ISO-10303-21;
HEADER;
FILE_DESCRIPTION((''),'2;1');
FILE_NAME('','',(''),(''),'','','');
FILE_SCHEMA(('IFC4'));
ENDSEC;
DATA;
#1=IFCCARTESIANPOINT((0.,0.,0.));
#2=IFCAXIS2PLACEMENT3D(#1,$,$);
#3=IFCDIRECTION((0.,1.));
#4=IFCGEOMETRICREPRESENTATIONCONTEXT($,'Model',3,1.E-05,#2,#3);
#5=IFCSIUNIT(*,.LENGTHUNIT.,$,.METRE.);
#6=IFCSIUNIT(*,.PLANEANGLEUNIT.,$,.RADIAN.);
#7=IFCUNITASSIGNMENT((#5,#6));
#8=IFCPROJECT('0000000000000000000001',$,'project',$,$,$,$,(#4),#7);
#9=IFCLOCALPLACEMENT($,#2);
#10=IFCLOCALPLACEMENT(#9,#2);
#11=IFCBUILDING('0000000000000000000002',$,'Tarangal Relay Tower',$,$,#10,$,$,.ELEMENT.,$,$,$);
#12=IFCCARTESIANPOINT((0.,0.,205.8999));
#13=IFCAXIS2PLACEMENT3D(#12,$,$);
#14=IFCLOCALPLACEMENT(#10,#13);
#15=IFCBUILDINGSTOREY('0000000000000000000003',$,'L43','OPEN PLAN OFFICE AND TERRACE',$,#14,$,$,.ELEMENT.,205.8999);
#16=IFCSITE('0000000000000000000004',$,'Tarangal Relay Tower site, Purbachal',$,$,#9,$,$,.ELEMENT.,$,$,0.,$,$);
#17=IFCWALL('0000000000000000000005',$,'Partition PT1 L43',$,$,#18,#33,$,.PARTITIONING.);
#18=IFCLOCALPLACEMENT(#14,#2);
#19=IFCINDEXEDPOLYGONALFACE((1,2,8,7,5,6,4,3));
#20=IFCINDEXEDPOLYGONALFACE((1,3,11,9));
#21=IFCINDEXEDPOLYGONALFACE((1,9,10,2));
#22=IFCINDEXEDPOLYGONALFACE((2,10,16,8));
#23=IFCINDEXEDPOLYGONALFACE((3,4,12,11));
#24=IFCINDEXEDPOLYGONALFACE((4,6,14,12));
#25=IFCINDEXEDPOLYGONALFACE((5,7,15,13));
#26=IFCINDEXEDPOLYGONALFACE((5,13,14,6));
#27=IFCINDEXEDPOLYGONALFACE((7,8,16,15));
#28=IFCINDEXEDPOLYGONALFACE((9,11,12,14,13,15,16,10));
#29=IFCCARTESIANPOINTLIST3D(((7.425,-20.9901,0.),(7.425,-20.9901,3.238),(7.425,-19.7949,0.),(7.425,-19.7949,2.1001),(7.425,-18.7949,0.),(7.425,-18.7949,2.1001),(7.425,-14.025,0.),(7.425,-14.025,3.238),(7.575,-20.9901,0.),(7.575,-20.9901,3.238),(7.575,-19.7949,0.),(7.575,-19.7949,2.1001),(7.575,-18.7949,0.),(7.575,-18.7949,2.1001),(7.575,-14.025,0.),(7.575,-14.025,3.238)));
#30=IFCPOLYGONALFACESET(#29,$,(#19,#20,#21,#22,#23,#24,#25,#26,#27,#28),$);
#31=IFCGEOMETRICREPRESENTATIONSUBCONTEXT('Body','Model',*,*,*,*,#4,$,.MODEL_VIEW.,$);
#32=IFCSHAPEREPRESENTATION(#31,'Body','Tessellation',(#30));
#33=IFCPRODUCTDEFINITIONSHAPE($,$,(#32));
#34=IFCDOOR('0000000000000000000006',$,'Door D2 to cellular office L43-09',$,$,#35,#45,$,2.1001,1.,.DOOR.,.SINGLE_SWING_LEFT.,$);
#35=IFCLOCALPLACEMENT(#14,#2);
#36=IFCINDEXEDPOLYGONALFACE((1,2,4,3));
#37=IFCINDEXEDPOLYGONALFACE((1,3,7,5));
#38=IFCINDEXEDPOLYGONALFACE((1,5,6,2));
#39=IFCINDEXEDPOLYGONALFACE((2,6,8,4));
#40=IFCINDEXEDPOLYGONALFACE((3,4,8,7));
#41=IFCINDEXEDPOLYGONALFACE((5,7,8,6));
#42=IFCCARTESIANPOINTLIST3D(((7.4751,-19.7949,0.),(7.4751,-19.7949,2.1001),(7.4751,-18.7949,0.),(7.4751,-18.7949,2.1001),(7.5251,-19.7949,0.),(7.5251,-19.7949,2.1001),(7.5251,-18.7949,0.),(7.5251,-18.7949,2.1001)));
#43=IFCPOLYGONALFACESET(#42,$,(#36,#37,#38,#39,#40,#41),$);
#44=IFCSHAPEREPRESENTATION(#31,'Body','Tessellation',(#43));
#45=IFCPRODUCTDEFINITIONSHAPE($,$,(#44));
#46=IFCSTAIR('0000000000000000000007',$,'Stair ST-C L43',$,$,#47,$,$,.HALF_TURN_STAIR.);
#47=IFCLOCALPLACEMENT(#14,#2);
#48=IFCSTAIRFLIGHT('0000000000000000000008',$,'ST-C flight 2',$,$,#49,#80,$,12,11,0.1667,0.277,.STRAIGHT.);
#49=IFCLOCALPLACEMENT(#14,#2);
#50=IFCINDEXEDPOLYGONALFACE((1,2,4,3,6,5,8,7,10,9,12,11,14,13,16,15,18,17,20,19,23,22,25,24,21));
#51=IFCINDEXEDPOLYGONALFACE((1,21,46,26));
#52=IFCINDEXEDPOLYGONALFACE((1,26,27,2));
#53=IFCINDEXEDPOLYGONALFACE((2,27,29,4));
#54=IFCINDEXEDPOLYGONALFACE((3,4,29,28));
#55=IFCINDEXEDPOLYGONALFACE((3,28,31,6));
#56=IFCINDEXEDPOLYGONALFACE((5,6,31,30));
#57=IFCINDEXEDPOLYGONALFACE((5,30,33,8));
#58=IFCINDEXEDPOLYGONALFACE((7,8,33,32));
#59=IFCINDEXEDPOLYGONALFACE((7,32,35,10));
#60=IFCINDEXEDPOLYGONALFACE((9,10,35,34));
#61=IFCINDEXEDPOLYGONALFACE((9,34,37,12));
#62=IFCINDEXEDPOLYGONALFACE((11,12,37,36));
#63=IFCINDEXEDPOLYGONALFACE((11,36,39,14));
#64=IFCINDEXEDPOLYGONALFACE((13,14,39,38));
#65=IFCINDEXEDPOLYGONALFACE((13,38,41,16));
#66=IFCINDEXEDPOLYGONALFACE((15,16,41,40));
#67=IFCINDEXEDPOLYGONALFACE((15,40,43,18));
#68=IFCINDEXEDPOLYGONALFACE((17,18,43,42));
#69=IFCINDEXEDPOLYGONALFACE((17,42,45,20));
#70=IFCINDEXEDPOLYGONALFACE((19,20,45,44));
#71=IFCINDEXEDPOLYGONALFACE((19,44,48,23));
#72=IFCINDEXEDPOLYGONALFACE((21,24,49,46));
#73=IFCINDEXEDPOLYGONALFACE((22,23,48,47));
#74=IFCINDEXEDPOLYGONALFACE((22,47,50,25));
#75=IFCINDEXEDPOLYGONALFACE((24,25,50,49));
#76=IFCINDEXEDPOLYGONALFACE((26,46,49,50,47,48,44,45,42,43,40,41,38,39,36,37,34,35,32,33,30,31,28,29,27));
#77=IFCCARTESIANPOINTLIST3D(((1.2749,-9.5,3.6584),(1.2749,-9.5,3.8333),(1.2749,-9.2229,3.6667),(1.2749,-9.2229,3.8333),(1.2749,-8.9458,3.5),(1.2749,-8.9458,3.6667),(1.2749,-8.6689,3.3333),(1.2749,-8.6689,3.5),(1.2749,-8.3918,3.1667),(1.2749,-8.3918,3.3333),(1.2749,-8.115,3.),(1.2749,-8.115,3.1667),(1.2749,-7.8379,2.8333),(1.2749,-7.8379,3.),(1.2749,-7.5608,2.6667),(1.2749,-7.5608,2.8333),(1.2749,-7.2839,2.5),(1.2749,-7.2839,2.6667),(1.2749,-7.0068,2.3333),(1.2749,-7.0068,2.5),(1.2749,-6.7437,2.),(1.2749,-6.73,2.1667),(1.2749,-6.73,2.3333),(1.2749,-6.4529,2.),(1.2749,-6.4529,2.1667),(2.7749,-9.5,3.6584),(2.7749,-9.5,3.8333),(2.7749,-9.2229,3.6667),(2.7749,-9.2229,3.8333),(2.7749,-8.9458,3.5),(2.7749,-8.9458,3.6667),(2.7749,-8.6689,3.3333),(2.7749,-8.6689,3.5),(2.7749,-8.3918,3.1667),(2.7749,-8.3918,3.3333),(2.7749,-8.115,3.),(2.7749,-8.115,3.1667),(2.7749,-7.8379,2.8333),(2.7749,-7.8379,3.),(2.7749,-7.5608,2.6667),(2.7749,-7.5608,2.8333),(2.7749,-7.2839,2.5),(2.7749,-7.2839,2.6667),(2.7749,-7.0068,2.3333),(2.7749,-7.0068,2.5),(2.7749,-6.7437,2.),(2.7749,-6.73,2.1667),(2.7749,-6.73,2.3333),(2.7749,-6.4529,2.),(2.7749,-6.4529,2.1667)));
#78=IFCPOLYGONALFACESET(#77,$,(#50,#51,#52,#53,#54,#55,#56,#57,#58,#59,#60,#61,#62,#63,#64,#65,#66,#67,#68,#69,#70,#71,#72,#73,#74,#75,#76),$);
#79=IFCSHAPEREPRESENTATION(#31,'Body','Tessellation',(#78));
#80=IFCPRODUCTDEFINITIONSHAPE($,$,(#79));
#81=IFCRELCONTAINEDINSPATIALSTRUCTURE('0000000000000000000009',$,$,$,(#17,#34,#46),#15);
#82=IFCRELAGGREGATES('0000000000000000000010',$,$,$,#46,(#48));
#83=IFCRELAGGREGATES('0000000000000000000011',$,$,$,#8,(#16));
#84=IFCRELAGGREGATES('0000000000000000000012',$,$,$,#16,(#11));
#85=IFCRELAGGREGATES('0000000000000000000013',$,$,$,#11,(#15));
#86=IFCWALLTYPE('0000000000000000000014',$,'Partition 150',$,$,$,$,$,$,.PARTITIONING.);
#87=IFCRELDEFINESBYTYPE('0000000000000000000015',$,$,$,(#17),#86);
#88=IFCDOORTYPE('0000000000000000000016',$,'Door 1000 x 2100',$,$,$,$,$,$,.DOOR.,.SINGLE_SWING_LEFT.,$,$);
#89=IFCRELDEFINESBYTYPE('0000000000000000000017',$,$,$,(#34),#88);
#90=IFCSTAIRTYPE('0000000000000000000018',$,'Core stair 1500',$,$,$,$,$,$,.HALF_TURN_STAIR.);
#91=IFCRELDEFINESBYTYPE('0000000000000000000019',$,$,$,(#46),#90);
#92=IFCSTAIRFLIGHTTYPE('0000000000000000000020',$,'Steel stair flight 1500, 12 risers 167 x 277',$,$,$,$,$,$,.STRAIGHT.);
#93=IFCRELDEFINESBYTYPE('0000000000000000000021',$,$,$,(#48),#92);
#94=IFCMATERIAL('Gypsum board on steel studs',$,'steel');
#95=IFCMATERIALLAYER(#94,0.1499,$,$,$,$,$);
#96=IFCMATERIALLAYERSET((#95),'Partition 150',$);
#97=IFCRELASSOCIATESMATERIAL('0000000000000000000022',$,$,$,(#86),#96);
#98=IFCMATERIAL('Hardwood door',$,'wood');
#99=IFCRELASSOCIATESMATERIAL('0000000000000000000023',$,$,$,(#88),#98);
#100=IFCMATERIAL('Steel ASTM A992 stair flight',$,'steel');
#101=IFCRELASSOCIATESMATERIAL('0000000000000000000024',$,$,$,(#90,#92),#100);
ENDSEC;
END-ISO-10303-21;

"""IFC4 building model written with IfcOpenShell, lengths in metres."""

from ifc_helpers import new_model, si_unit, direction, frame, frame_2d, origin, place, context, subcontext, project, spatial, polyline, rectangle, outline, extrude, material, layer, layer_set, type_object, element, fill, aggregate, save


model = new_model("IFC4")

# Units and contexts
model_context = context("Model", 3, precision=1e-05, world=origin(), true_north=direction((0.0, 1.0)))
body_context = subcontext(model_context, "Body", "Model", "MODEL_VIEW")
ifc_project = project(units=[si_unit("LENGTHUNIT", "METRE"), si_unit("PLANEANGLEUNIT", "RADIAN")], contexts=[model_context])

# Site, building, storey
site_placement = place(None, origin())
site = spatial("IfcSite", under=ifc_project, at=site_placement, Name="Tarangal Relay Tower site, Purbachal", CompositionType="ELEMENT", RefElevation=0.0)
building_placement = place(site_placement, origin())
building = spatial("IfcBuilding", under=site, at=building_placement, Name="Tarangal Relay Tower", CompositionType="ELEMENT")
storey_placement = place(building_placement, frame((0.0, 0.0, 205.8999)))
storey = spatial("IfcBuildingStorey", under=building, at=storey_placement, Name="L43", Description="OPEN PLAN OFFICE AND TERRACE", CompositionType="ELEMENT", Elevation=205.8999)

# Shared definitions
ifc_material_1 = material(Name="Hardwood door", Category="wood")

# Wall, opening, door
ifc_material_2 = material(Name="Gypsum board on steel studs", Category="steel")
ifc_layer_1 = layer(ifc_material_2, 0.1499)
ifc_layer_set_1 = layer_set([ifc_layer_1], Name="Partition 150")
wall_type_1 = type_object("IfcWallType", Name="Partition 150", PredefinedType="PARTITIONING", material=ifc_layer_set_1)
door_type_1 = type_object("IfcDoorType", Name="Door 1000 x 2100", OperationType="SINGLE_SWING_LEFT", PredefinedType="DOOR", material=ifc_material_1)
wall_1_placement = place(storey_placement, frame((7.5, -20.99, 0.0), z_axis=(0.0, 0.0, 1.0), x_axis=(0.0, 1.0, 0.0)))
wall_1 = element("IfcWall", 1, at=wall_1_placement, inside=storey, type_object=wall_type_1, Name="Partition PT1 L43", PredefinedType="PARTITIONING", context=body_context, shape_type="SweptSolid", body=[
    extrude(rectangle(XDim=6.9651, YDim=0.1499, at=frame_2d((3.4824, 0.0))), origin(), (0.0, 0.0, 1.0), 3.238),
])
opening_1_placement = place(wall_1_placement, frame((1.1951, 0.0, 0.0)))
opening_1 = element("IfcOpeningElement", 2, at=opening_1_placement, cuts=wall_1, PredefinedType="OPENING", context=body_context, shape_type="SweptSolid", body=[
    extrude(rectangle(XDim=1.0, YDim=2.1001, at=frame_2d((0.5, 1.05))), frame((0.0, 0.085, 0.0), z_axis=(0.0, -1.0, 0.0), x_axis=(1.0, 0.0, 0.0)), (0.0, 0.0, 1.0), 0.1699),
])
door_1_placement = place(opening_1_placement, origin())
door_1 = element("IfcDoor", 3, at=door_1_placement, inside=storey, type_object=door_type_1, Name="Door D2 to cellular office L43-09", OperationType="SINGLE_SWING_LEFT", OverallHeight=2.1001, OverallWidth=1.0, PredefinedType="DOOR", context=body_context, shape_type="SweptSolid", body=[
    extrude(rectangle(XDim=1.0, YDim=2.1001, at=frame_2d((0.5, 1.05))), frame((0.0, 0.0249, 0.0), z_axis=(0.0, -1.0, 0.0), x_axis=(1.0, 0.0, 0.0)), (0.0, 0.0, 1.0), 0.05),
])
fill(opening_1, door_1)

# Stair, stair flight
ifc_material_3 = material(Name="Steel ASTM A992 stair flight", Category="steel")
stair_type = type_object("IfcStairType", Name="Core stair 1500", PredefinedType="HALF_TURN_STAIR", material=ifc_material_3)
stair_placement = place(storey_placement, origin())
stair = element("IfcStair", 4, at=stair_placement, inside=storey, type_object=stair_type, Name="Stair ST-C L43", PredefinedType="HALF_TURN_STAIR")
stair_flight_type = type_object("IfcStairFlightType", Name="Steel stair flight 1500, 12 risers 167 x 277", PredefinedType="STRAIGHT", material=ifc_material_3)
stair_flight_placement = place(storey_placement, frame((2.0249, -6.4529, 2.0), z_axis=(0.0, 0.0, 1.0), x_axis=(0.0, -1.0, 0.0)))
stair_flight = element("IfcStairFlight", 5, at=stair_flight_placement, type_object=stair_flight_type, Name="ST-C flight 2", NumberOfRisers=12, NumberOfTreads=11, PredefinedType="STRAIGHT", RiserHeight=0.1667, TreadLength=0.277, context=body_context, shape_type="SweptSolid", body=[
    extrude(outline(polyline([(0.0, 0.0), (0.0, 0.1667), (0.2771, 0.1667), (0.2771, 0.3333), (0.554, 0.3333), (0.554, 0.5), (0.8311, 0.5), (0.8311, 0.6667), (1.1079, 0.6667), (1.1079, 0.8333), (1.385, 0.8333), (1.385, 1.0), (1.6621, 1.0), (1.6621, 1.1667), (1.939, 1.1667), (1.939, 1.3333), (2.2161, 1.3333), (2.2161, 1.5), (2.4929, 1.5), (2.4929, 1.6667), (2.77, 1.6667), (2.77, 1.8333), (3.0471, 1.8333), (3.0471, 2.0), (3.0471, 1.6584), (0.2908, 0.0), (0.0, 0.0)])), frame((0.0, 0.75, 0.0), z_axis=(0.0, -1.0, 0.0), x_axis=(1.0, 0.0, 0.0)), (0.0, 0.0, 1.0), 1.5),
])
aggregate(stair, [stair_flight])

save(model, "model.ifc")
